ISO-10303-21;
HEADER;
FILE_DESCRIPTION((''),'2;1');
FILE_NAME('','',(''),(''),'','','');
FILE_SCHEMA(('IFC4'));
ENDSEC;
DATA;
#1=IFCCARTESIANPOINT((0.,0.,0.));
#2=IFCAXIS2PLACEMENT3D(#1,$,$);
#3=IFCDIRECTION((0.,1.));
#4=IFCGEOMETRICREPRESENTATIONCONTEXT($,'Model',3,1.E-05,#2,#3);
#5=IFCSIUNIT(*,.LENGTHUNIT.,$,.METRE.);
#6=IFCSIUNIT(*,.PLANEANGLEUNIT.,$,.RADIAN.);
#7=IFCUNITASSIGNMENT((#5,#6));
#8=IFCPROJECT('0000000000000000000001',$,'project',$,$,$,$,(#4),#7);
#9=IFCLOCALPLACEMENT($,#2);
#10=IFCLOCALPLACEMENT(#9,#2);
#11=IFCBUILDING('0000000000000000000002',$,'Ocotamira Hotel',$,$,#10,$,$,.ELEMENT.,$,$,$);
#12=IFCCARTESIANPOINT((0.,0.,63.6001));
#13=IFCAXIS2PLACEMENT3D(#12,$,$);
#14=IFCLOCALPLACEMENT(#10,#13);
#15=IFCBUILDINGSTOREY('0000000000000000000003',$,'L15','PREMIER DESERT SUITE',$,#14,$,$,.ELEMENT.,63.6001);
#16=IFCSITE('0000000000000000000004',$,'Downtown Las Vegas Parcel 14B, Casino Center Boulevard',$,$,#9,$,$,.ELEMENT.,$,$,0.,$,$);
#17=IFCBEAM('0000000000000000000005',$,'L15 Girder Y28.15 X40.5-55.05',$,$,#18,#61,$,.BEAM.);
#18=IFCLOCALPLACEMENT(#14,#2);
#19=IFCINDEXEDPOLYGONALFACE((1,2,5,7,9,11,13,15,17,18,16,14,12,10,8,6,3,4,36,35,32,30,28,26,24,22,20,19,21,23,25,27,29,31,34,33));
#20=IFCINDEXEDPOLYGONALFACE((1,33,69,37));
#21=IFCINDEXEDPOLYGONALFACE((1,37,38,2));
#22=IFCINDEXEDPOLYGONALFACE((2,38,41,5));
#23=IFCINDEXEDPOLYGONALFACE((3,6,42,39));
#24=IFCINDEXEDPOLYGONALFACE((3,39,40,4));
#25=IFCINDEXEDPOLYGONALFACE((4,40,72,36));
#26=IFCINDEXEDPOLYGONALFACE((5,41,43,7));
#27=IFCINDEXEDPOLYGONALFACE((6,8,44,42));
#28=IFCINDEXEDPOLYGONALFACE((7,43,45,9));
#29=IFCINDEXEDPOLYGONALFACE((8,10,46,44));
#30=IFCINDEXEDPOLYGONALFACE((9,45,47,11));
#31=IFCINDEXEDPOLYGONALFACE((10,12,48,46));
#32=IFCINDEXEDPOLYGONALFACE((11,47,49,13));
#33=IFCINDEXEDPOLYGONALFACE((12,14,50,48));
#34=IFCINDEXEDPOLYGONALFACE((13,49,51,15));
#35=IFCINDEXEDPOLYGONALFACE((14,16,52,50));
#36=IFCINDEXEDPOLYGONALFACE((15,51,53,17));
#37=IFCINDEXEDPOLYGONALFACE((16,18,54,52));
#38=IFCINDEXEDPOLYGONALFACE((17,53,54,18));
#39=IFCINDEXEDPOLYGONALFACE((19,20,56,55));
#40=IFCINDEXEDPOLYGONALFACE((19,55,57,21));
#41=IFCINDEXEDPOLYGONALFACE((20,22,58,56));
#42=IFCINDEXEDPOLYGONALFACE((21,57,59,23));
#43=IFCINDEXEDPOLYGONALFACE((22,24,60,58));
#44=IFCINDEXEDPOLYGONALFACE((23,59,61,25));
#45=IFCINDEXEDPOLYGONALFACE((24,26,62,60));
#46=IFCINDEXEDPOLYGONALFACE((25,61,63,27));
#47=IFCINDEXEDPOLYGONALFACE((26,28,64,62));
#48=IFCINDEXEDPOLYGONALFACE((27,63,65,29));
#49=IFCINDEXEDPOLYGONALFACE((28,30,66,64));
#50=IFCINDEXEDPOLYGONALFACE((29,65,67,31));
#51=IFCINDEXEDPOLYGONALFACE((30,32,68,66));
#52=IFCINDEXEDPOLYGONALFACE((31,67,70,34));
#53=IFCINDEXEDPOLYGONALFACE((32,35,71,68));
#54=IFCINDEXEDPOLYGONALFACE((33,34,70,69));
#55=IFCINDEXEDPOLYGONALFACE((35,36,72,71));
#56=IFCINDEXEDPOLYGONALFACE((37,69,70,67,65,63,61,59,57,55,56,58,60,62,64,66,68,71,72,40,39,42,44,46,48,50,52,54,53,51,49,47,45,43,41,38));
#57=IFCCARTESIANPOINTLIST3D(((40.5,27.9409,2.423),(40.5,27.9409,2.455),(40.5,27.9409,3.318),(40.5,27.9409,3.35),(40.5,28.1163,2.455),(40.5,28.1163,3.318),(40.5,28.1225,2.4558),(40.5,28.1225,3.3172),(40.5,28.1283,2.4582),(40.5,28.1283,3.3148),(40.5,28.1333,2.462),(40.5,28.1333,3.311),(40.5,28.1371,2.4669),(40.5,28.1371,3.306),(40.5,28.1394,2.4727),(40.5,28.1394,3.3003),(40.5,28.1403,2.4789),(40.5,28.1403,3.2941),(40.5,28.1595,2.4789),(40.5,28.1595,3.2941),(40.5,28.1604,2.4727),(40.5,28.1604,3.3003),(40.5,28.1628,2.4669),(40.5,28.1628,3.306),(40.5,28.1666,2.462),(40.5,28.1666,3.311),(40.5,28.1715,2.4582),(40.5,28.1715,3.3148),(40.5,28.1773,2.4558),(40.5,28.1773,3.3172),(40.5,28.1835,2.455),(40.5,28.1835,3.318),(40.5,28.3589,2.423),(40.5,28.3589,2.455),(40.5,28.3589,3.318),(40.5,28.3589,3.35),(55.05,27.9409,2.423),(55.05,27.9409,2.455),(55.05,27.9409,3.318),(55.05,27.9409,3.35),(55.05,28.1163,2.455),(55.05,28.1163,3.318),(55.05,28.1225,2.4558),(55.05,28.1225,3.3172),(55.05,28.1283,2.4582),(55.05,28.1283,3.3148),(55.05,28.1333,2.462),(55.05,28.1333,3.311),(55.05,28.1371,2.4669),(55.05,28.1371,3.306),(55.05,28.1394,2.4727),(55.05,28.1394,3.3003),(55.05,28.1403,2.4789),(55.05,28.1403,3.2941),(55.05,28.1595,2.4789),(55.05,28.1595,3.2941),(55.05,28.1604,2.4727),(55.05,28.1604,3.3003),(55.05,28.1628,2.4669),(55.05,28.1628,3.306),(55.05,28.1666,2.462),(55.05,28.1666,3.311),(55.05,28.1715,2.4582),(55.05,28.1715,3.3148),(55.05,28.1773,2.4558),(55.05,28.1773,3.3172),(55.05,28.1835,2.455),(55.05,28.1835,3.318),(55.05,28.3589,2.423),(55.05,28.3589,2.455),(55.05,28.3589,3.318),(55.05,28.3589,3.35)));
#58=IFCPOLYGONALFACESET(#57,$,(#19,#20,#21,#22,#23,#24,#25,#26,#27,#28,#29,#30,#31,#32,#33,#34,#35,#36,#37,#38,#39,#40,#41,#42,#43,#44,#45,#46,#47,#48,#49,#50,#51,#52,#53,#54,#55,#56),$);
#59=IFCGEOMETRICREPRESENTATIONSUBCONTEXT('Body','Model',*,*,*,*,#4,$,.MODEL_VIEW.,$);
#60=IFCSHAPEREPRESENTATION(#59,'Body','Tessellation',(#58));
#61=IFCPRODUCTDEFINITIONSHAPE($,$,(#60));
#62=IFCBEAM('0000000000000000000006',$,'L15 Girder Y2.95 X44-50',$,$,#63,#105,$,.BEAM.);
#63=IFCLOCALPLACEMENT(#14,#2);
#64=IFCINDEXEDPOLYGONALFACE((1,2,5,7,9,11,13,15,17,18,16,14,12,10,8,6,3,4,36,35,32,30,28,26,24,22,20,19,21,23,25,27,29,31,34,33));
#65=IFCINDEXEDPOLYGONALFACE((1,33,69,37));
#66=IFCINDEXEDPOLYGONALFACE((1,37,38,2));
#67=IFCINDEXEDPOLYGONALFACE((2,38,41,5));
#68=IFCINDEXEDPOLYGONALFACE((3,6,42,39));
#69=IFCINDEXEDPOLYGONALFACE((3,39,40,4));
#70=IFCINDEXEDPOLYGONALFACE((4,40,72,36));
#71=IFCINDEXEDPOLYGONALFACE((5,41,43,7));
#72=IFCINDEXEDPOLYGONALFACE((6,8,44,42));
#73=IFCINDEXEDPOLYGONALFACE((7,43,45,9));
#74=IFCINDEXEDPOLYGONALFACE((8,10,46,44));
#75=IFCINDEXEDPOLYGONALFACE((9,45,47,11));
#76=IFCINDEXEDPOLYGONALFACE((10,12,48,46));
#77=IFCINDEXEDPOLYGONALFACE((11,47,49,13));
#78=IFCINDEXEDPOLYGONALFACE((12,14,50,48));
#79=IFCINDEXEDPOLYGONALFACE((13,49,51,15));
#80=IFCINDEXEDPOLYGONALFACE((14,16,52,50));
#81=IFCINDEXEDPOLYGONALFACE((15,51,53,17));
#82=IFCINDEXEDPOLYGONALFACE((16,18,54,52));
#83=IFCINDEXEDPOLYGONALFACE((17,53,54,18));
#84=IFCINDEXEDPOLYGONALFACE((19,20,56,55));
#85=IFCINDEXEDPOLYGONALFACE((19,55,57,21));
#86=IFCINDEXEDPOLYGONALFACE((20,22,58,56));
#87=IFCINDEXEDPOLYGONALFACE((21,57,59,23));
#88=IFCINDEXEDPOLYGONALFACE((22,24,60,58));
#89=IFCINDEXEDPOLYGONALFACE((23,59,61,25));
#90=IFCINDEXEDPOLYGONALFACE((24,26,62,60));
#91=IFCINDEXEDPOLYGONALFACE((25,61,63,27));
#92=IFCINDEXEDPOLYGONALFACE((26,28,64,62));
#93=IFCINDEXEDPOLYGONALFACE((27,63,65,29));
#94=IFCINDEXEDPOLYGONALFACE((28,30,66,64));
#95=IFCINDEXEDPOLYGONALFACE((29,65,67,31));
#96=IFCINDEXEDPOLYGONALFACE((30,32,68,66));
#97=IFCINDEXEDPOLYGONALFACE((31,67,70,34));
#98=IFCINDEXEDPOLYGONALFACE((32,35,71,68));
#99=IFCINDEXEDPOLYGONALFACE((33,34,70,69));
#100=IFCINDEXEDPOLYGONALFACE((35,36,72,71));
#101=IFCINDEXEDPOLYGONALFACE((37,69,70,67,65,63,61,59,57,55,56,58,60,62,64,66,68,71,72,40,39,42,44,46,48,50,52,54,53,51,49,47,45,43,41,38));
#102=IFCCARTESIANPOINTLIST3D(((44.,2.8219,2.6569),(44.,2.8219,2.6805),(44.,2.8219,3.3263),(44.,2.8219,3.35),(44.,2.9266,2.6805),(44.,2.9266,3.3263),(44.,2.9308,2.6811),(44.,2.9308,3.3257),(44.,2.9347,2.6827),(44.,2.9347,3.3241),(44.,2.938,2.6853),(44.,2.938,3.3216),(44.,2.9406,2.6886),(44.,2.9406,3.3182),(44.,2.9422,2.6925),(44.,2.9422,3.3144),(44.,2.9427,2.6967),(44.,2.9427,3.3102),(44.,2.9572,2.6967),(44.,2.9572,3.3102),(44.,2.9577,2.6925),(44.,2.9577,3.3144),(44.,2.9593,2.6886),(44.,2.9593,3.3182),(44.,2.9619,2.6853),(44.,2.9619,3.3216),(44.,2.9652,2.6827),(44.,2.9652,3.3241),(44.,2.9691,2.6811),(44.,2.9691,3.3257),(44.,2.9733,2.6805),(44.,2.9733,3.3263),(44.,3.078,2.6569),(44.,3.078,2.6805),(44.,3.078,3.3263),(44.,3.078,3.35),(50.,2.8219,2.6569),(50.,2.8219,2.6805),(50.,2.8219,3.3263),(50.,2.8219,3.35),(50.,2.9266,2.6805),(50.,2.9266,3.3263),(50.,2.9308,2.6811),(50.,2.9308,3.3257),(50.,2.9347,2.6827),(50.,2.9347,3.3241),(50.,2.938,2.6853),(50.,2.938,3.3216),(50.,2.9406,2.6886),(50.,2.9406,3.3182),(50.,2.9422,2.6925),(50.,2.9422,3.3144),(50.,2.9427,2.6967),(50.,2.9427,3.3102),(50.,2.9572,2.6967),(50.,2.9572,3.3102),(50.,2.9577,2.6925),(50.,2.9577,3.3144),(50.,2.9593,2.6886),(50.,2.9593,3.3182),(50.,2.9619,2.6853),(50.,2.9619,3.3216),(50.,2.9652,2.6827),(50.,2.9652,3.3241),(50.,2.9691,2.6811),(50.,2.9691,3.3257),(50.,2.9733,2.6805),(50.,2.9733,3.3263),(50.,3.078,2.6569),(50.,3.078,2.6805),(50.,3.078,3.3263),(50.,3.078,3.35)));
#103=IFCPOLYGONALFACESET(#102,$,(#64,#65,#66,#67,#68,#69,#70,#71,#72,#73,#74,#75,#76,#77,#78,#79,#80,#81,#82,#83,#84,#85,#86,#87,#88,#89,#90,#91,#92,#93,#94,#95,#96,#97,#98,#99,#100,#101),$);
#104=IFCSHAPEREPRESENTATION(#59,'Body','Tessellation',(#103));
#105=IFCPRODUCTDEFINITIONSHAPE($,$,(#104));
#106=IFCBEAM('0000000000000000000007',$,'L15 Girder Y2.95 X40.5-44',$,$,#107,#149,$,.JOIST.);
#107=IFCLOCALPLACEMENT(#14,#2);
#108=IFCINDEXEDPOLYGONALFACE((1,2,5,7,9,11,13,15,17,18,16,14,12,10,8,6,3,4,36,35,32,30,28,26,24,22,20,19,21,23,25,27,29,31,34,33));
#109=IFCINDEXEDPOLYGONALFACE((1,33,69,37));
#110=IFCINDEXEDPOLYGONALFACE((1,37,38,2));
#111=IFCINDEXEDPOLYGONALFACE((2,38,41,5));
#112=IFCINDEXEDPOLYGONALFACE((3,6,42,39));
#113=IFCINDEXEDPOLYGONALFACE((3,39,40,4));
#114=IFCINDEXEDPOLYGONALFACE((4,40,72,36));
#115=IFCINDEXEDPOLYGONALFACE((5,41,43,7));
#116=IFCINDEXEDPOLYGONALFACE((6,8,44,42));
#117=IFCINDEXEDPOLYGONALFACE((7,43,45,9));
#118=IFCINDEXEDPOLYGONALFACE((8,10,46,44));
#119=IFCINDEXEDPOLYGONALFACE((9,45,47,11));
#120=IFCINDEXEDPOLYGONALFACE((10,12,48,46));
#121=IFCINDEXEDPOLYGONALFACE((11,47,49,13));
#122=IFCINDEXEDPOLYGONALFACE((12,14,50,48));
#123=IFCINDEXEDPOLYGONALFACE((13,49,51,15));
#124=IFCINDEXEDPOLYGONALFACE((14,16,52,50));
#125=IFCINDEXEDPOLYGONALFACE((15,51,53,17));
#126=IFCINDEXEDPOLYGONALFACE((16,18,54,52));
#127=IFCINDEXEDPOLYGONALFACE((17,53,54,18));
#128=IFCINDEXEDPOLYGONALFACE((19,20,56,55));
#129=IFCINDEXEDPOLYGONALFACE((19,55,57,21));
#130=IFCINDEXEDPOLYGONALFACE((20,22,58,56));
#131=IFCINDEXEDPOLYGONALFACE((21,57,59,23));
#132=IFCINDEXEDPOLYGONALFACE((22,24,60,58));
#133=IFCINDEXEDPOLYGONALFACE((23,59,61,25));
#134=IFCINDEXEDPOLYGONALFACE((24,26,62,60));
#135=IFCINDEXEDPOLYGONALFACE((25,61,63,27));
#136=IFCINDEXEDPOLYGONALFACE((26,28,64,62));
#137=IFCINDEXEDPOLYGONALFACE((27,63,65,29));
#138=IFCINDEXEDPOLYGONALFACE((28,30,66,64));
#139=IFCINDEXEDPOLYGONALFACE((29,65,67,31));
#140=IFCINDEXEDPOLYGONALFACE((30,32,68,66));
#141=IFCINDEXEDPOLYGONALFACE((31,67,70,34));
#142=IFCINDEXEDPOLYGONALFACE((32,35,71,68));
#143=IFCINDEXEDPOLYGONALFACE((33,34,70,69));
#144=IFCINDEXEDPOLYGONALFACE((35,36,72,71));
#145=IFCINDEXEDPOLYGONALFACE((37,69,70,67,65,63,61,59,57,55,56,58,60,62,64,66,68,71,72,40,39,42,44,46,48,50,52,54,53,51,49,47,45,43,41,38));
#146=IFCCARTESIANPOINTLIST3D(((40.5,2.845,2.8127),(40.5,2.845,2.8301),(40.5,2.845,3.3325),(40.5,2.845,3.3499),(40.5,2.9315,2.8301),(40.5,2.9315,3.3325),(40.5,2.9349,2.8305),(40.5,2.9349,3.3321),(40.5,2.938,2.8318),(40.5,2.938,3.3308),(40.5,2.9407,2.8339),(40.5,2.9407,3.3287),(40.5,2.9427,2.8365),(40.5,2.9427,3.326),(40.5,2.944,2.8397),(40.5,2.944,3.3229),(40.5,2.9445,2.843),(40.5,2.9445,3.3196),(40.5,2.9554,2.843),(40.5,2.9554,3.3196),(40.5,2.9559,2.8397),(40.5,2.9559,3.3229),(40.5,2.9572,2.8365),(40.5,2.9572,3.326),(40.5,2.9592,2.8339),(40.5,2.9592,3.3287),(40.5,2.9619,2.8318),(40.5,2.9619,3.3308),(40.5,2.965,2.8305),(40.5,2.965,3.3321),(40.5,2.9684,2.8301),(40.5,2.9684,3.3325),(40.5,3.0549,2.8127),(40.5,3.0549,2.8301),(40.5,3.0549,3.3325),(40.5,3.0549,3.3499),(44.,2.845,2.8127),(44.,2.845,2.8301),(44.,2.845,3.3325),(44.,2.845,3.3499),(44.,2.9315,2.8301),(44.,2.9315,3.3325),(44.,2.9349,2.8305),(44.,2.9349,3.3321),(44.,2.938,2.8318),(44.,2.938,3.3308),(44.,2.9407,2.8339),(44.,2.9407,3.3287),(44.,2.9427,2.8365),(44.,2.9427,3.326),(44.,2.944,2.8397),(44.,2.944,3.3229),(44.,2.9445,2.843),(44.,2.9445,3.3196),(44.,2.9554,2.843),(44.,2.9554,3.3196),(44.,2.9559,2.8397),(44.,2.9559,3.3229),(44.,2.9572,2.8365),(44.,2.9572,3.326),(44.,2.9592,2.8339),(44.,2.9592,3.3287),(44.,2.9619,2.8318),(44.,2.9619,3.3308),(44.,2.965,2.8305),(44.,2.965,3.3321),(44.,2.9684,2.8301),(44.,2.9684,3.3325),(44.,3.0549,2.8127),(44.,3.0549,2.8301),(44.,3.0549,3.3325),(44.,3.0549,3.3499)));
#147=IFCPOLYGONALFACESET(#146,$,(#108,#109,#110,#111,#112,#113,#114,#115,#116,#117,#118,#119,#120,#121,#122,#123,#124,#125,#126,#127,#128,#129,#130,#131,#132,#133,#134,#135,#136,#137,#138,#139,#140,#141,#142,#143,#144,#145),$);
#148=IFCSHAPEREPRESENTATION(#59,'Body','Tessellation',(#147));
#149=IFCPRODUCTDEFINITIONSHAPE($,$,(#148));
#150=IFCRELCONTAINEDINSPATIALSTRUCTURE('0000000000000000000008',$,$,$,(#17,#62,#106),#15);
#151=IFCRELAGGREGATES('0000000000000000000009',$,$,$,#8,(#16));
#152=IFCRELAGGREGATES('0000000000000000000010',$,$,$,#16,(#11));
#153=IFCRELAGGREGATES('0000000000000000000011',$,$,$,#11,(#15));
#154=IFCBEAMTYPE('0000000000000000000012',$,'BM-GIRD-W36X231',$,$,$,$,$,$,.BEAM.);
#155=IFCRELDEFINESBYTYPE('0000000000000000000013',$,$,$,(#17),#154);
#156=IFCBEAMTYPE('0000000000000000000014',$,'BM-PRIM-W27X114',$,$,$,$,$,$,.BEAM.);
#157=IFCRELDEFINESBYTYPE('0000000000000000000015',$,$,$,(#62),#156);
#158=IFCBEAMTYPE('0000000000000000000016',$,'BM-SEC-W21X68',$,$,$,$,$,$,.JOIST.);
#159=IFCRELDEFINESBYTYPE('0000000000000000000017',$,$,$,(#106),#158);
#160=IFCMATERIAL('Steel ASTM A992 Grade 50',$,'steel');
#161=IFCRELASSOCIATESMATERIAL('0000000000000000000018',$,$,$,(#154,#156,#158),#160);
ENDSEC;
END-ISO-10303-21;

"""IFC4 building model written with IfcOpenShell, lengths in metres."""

from ifc_helpers import new_model, si_unit, direction, frame, origin, origin_2d, place, context, subcontext, project, spatial, i_section, extrude, source, transform, mapped, material, material_profile, profile_set, type_object, element, save


model = new_model("IFC4")

# Units and contexts
model_context = context("Model", 3, precision=1e-05, world=origin(), true_north=direction((0.0, 1.0)))
body_context = subcontext(model_context, "Body", "Model", "MODEL_VIEW")
ifc_project = project(units=[si_unit("LENGTHUNIT", "METRE"), si_unit("PLANEANGLEUNIT", "RADIAN")], contexts=[model_context])

# Site, building, storey
site_placement = place(None, origin())
site = spatial("IfcSite", under=ifc_project, at=site_placement, Name="Downtown Las Vegas Parcel 14B, Casino Center Boulevard", CompositionType="ELEMENT", RefElevation=0.0)
building_placement = place(site_placement, origin())
building = spatial("IfcBuilding", under=site, at=building_placement, Name="Ocotamira Hotel", CompositionType="ELEMENT")
storey_placement = place(building_placement, frame((0.0, 0.0, 63.6001)))
storey = spatial("IfcBuildingStorey", under=building, at=storey_placement, Name="L15", Description="PREMIER DESERT SUITE", CompositionType="ELEMENT", Elevation=63.6001)

# Beams
ifc_material_1 = material(Name="Steel ASTM A992 Grade 50", Category="steel")
ifc_material_profile_1 = material_profile(ifc_material_1, i_section(OverallWidth=0.418, OverallDepth=0.927, WebThickness=0.0193, FlangeThickness=0.032, FilletRadius=0.0239, at=origin_2d()), Name="W36X231")
ifc_profile_set_1 = profile_set([ifc_material_profile_1], Name="Steel ASTM A992 Grade 50")
beam_type_1 = type_object("IfcBeamType", Name="BM-GIRD-W36X231", PredefinedType="BEAM", material=ifc_profile_set_1)
shared_shape_1 = source(origin(), body_context, "Body", "SweptSolid", [
    extrude(i_section(OverallWidth=0.418, OverallDepth=0.927, WebThickness=0.0193, FlangeThickness=0.032, FilletRadius=0.0239, at=origin_2d()), origin(), (0.0, 0.0, 1.0), 14.55),
])
for number, where, z_axis, x_axis, name in (
    (1, (40.5, 28.1499, 2.8865), (1.0, 0.0, 0.0), (0.0, 1.0, 0.0), "L15 Girder Y28.15 X40.5-55.05"),
):
    element("IfcBeam", number, at=place(storey_placement, frame(where, z_axis=z_axis, x_axis=x_axis)), inside=storey, type_object=beam_type_1, Name=name, PredefinedType="BEAM", context=body_context, shape_type="MappedRepresentation", body=[
        mapped(shared_shape_1, transform((0.0, 0.0, 0.0), scale=1.0)),
    ])
ifc_material_profile_2 = material_profile(ifc_material_1, i_section(OverallWidth=0.2561, OverallDepth=0.6931, WebThickness=0.0144, FlangeThickness=0.0237, FilletRadius=0.0161, at=origin_2d()), Name="W27X114")
ifc_profile_set_2 = profile_set([ifc_material_profile_2], Name="Steel ASTM A992 Grade 50")
beam_type_2 = type_object("IfcBeamType", Name="BM-PRIM-W27X114", PredefinedType="BEAM", material=ifc_profile_set_2)
shared_shape_2 = source(origin(), body_context, "Body", "SweptSolid", [
    extrude(i_section(OverallWidth=0.2561, OverallDepth=0.6931, WebThickness=0.0144, FlangeThickness=0.0237, FilletRadius=0.0161, at=origin_2d()), origin(), (0.0, 0.0, 1.0), 6.0),
])
beam_1_placement = place(storey_placement, frame((44.0, 2.95, 3.0034), z_axis=(1.0, 0.0, 0.0), x_axis=(0.0, 1.0, 0.0)))
element("IfcBeam", 2, at=beam_1_placement, inside=storey, type_object=beam_type_2, Name="L15 Girder Y2.95 X44-50", PredefinedType="BEAM", context=body_context, shape_type="MappedRepresentation", body=[
    mapped(shared_shape_2, transform((0.0, 0.0, 0.0), scale=1.0)),
])
ifc_material_profile_3 = material_profile(ifc_material_1, i_section(OverallWidth=0.21, OverallDepth=0.5371, WebThickness=0.011, FlangeThickness=0.0173, FilletRadius=0.0129, at=origin_2d()), Name="W21X68")
ifc_profile_set_3 = profile_set([ifc_material_profile_3], Name="Steel ASTM A992 Grade 50")
beam_type_3 = type_object("IfcBeamType", Name="BM-SEC-W21X68", PredefinedType="JOIST", material=ifc_profile_set_3)
shared_shape_3 = source(origin(), body_context, "Body", "SweptSolid", [
    extrude(i_section(OverallWidth=0.21, OverallDepth=0.5371, WebThickness=0.011, FlangeThickness=0.0173, FilletRadius=0.0129, at=origin_2d()), origin(), (0.0, 0.0, 1.0), 3.5),
])
beam_2_placement = place(storey_placement, frame((40.5, 2.95, 3.0813), z_axis=(1.0, 0.0, 0.0), x_axis=(0.0, 1.0, 0.0)))
element("IfcBeam", 3, at=beam_2_placement, inside=storey, type_object=beam_type_3, Name="L15 Girder Y2.95 X40.5-44", PredefinedType="JOIST", context=body_context, shape_type="MappedRepresentation", body=[
    mapped(shared_shape_3, transform((0.0, 0.0, 0.0), scale=1.0)),
])

save(model, "model.ifc")
